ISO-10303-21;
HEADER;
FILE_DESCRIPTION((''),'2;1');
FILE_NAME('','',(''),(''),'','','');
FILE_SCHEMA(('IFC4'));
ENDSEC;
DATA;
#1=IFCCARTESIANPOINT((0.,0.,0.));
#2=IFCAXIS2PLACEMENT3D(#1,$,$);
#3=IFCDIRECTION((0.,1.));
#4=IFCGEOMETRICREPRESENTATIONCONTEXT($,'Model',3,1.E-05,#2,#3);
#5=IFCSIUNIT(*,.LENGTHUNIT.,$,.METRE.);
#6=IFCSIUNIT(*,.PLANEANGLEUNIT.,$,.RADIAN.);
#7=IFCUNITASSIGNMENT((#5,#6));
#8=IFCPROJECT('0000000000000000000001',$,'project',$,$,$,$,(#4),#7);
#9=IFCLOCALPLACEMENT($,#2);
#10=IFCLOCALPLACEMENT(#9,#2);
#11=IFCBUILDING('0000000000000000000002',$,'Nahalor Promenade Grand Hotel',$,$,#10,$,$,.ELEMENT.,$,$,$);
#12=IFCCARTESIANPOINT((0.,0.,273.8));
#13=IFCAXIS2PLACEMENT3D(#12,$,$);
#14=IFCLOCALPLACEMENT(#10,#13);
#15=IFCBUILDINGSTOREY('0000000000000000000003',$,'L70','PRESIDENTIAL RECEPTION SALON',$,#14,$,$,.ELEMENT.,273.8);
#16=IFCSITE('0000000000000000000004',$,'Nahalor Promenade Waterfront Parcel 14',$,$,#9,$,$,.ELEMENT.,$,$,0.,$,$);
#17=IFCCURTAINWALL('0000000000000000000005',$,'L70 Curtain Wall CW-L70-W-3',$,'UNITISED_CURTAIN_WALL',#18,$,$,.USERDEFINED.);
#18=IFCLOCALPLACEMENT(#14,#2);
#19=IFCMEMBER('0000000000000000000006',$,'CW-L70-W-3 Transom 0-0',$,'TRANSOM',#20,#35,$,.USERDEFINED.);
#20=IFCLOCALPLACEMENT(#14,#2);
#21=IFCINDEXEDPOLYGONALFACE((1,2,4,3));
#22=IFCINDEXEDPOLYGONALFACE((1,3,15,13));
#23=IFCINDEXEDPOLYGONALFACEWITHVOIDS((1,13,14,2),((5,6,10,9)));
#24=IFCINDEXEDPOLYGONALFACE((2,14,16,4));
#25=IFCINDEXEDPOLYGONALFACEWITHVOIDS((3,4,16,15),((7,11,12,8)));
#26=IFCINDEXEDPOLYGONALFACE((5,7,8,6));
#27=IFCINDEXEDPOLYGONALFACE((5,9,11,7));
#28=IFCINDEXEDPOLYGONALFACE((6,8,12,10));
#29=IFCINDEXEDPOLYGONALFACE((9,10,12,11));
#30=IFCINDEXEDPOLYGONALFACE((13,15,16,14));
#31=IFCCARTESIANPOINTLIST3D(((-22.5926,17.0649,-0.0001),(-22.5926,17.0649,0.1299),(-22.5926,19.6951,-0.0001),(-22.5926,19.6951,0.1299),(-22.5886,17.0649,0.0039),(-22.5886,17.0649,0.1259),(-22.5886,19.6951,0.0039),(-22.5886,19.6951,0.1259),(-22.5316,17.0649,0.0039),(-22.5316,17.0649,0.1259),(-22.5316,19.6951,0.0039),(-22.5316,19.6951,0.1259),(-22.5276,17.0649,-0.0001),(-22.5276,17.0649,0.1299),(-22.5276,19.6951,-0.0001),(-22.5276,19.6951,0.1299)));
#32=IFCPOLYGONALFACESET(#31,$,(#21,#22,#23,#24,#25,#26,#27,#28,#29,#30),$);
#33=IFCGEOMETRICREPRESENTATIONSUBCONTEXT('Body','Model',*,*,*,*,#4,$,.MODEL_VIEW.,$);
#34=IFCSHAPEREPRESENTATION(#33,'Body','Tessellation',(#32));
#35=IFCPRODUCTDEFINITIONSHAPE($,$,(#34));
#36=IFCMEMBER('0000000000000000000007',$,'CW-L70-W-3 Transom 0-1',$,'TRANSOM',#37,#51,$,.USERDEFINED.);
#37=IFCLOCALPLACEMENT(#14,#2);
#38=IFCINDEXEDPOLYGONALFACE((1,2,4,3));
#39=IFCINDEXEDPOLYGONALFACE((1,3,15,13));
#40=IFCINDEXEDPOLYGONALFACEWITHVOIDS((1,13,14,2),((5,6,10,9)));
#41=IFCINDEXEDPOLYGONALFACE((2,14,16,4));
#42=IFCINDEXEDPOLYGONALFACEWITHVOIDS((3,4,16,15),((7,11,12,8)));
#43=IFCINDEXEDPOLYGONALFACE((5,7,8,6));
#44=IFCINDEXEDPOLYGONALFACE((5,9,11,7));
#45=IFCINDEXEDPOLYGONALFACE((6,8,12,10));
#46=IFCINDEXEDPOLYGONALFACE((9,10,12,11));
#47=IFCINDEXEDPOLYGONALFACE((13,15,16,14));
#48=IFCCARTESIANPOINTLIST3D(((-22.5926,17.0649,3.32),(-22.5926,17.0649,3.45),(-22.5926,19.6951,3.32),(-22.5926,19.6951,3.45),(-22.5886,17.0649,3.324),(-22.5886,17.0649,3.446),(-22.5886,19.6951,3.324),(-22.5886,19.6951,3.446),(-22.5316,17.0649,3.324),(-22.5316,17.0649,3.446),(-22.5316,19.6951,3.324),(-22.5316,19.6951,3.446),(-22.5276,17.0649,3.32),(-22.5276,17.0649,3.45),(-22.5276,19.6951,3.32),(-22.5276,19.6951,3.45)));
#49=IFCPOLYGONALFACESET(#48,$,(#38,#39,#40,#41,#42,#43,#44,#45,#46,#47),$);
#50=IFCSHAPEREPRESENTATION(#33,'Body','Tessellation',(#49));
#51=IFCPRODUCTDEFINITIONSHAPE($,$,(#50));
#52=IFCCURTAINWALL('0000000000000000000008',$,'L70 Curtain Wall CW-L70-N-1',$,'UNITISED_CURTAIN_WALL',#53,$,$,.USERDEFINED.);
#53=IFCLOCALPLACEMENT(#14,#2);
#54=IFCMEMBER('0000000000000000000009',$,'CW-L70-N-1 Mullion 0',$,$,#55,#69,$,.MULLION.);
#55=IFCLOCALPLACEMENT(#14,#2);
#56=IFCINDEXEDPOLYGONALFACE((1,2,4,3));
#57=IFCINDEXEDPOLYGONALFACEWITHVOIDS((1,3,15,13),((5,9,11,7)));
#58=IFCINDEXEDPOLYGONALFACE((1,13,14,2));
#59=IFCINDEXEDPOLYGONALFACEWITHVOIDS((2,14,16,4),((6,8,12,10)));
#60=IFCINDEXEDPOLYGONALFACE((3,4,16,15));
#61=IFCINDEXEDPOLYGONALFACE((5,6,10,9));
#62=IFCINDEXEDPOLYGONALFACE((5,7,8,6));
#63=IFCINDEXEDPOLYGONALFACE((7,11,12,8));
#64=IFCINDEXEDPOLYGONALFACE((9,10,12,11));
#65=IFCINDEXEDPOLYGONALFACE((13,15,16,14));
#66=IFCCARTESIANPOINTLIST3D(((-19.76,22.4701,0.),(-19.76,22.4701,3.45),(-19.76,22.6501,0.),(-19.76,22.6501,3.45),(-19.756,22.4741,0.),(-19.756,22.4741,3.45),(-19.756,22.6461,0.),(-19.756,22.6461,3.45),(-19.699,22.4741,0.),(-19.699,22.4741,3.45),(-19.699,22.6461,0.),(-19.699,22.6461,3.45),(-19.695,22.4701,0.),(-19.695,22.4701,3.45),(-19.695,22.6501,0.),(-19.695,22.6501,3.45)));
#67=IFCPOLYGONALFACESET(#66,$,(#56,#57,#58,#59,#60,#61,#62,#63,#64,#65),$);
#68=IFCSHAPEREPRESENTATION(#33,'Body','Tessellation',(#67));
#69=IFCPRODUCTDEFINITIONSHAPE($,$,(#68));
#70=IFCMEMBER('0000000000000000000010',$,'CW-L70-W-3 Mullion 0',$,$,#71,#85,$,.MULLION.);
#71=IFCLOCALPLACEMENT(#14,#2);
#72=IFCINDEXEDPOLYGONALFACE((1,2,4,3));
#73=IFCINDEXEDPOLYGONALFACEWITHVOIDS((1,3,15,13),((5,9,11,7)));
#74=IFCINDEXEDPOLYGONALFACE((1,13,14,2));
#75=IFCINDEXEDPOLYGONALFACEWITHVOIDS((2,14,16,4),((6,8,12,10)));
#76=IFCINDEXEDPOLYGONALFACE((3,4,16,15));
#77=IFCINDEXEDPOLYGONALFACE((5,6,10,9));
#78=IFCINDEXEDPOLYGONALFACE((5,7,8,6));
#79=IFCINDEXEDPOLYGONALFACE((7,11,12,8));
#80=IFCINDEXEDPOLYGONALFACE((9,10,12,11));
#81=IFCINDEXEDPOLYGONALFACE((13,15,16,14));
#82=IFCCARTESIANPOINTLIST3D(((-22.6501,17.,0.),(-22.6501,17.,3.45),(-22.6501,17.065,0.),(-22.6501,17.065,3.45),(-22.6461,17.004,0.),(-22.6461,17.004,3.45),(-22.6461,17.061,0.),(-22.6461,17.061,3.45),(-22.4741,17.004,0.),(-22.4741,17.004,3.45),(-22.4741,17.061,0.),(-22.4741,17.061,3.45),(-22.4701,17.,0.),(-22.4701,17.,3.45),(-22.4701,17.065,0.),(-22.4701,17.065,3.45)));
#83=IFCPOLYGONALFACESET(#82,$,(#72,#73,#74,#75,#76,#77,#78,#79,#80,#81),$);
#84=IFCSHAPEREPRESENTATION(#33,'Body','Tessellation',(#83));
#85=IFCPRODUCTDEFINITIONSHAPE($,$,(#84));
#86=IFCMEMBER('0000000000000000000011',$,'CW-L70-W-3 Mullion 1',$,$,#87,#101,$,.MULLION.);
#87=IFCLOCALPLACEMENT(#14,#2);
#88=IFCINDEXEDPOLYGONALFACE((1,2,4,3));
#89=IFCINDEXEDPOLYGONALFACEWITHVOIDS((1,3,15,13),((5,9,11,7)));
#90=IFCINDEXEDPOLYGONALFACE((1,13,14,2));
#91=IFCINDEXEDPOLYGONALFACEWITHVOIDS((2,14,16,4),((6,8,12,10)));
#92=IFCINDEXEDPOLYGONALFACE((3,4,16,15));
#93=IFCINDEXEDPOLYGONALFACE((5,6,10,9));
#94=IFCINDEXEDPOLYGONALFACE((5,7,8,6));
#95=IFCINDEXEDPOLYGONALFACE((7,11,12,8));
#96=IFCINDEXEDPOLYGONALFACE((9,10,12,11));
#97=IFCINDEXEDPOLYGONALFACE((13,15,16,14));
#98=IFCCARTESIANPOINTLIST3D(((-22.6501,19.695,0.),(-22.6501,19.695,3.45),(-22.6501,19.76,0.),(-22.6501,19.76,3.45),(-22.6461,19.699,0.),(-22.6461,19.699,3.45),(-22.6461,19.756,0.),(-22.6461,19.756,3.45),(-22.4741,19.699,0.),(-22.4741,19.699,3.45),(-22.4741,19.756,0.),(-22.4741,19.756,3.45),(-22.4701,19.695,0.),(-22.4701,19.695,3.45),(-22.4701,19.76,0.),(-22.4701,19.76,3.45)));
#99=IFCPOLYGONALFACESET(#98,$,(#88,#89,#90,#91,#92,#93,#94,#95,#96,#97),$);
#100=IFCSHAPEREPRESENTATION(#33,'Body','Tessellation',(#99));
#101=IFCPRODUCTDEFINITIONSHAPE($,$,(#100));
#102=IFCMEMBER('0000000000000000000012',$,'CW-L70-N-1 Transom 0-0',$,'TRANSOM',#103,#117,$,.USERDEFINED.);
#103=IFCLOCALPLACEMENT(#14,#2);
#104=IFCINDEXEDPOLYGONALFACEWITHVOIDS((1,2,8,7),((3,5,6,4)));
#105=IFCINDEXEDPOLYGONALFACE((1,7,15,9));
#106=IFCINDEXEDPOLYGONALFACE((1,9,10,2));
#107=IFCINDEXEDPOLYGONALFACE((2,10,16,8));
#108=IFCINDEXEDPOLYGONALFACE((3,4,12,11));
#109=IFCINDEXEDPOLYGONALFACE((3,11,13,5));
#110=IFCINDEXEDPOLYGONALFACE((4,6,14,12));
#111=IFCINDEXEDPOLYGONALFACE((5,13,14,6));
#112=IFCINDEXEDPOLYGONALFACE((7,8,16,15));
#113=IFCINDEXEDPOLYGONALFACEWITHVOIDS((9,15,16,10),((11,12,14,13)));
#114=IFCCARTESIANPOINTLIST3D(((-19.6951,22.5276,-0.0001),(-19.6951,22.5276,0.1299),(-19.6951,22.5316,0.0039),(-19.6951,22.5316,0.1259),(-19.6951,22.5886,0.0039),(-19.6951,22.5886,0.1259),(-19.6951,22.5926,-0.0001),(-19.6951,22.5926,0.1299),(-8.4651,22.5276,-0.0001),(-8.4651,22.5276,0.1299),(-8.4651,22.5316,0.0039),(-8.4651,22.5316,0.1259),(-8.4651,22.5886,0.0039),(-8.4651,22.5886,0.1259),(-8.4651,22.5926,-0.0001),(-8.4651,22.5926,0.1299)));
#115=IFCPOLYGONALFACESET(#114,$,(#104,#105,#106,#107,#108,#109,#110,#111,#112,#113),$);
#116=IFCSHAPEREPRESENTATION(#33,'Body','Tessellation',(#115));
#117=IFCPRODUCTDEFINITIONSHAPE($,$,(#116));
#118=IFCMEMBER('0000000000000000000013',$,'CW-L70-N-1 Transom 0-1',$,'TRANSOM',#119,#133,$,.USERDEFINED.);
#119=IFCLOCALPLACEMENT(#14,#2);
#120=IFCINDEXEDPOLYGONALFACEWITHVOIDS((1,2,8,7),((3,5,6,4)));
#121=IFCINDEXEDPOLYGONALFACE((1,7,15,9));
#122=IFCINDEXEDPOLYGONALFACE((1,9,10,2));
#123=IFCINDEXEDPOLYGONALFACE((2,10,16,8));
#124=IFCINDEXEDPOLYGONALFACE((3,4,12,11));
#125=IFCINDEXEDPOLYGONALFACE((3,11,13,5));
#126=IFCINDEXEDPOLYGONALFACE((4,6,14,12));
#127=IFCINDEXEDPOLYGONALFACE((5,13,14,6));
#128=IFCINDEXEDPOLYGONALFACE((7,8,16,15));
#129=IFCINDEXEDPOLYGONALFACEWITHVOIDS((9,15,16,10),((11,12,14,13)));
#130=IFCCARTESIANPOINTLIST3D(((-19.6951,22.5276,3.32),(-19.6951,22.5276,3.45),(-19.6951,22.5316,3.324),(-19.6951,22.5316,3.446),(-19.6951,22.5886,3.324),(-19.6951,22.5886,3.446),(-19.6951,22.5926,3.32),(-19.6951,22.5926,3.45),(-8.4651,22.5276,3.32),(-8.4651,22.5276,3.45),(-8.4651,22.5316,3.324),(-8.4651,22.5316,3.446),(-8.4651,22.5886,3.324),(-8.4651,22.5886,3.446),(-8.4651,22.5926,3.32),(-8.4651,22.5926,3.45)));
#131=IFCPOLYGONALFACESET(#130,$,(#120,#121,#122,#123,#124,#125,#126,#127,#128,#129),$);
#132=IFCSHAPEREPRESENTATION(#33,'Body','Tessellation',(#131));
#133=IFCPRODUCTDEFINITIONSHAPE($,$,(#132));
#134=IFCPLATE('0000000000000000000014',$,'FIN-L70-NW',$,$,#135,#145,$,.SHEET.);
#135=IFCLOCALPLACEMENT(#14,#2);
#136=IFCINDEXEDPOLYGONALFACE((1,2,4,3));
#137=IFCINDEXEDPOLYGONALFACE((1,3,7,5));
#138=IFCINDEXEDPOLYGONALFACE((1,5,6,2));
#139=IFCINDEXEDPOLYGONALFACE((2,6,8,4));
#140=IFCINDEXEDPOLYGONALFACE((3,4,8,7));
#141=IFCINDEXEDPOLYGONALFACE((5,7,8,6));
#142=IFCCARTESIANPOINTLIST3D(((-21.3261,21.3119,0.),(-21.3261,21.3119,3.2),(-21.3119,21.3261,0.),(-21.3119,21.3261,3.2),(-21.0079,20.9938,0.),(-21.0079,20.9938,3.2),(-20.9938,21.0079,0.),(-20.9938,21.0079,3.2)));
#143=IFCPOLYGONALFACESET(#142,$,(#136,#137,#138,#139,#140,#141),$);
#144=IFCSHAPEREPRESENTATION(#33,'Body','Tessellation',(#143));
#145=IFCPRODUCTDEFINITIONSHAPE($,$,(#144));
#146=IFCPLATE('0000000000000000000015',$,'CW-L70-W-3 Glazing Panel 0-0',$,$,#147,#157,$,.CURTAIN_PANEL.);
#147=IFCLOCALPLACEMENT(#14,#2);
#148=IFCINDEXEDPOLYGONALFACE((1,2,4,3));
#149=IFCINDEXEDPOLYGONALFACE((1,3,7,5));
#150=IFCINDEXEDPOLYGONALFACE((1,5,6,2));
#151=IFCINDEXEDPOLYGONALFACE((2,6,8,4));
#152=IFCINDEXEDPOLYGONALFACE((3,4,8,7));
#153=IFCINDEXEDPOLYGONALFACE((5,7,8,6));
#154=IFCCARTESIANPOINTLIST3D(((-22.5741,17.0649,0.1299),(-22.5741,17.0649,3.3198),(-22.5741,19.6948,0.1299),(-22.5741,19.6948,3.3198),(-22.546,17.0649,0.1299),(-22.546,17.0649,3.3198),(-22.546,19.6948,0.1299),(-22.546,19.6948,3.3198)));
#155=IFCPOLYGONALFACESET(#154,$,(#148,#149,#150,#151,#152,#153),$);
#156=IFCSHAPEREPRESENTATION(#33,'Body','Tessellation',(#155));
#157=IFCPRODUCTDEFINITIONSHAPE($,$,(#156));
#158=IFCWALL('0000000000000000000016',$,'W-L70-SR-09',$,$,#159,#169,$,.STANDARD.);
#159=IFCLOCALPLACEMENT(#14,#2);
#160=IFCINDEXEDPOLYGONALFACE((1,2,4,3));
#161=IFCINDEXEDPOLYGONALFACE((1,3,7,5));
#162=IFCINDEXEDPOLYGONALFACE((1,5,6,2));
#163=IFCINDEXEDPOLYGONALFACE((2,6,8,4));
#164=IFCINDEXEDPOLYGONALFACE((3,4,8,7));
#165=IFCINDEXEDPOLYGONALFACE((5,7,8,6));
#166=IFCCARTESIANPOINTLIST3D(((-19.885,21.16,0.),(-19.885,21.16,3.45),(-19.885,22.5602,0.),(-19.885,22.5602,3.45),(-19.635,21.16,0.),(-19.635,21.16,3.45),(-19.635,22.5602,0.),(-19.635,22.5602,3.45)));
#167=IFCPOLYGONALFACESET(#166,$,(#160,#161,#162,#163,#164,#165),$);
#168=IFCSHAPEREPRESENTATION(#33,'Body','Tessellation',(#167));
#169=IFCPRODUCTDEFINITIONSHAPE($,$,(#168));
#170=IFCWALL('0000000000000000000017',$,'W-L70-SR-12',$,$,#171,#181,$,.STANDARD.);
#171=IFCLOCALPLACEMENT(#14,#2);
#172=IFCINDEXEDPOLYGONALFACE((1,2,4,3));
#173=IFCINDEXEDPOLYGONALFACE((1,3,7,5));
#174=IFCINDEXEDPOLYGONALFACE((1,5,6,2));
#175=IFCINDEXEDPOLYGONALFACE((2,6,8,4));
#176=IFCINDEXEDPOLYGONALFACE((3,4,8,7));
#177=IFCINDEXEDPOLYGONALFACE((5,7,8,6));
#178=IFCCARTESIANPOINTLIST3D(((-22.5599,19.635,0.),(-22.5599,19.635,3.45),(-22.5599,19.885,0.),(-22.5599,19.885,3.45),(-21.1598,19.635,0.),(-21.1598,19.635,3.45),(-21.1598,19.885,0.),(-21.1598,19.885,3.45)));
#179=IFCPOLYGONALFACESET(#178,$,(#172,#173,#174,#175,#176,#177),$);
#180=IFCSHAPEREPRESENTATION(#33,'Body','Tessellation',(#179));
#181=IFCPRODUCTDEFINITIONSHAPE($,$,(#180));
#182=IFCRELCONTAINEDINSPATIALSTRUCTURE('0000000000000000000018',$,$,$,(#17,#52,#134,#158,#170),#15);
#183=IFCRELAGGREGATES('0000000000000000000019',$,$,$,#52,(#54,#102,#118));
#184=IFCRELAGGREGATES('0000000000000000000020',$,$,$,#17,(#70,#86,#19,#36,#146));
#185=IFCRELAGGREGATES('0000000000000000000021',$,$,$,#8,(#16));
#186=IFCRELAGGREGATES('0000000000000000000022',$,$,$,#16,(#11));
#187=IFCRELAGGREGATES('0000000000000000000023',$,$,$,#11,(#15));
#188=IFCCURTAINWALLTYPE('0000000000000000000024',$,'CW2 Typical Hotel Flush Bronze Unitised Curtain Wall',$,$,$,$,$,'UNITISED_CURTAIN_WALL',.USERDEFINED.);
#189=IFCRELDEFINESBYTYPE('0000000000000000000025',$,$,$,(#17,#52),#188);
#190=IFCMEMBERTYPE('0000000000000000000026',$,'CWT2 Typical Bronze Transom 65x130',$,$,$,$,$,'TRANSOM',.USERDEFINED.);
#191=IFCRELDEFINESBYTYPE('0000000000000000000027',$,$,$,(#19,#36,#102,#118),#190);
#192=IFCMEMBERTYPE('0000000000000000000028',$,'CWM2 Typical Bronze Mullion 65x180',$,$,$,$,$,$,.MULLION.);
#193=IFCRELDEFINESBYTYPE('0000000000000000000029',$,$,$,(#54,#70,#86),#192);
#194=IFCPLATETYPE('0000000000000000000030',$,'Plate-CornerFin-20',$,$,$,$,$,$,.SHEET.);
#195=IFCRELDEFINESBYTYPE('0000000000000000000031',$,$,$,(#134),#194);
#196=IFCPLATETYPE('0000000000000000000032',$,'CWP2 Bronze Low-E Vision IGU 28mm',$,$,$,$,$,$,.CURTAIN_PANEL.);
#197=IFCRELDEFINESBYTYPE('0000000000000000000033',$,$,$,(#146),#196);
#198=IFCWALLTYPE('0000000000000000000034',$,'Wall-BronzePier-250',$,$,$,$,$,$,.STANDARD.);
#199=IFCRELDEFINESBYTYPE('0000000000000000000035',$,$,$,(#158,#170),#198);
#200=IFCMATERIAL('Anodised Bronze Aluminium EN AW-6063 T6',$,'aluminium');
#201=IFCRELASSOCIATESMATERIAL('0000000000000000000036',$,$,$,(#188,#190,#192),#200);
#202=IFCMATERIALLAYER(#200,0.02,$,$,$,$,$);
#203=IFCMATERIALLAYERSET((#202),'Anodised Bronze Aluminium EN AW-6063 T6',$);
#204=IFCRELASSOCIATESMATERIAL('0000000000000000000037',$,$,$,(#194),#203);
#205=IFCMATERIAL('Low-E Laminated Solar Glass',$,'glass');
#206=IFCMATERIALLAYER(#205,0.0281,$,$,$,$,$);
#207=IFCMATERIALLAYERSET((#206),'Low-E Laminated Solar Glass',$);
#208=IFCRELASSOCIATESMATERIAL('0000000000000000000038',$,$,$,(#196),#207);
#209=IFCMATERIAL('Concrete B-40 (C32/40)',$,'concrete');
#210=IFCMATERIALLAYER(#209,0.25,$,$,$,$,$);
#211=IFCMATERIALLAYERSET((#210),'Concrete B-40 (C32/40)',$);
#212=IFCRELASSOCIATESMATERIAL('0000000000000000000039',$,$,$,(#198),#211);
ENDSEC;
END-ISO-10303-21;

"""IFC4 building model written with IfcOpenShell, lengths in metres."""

from ifc_helpers import new_model, si_unit, direction, frame, frame_2d, origin, origin_2d, place, context, subcontext, project, spatial, rectangle, hollow_rectangle, extrude, source, transform, mapped, material, layer, layer_set, material_profile, profile_set, type_object, element, aggregate, save


model = new_model("IFC4")

# Units and contexts
model_context = context("Model", 3, precision=1e-05, world=origin(), true_north=direction((0.0, 1.0)))
body_context = subcontext(model_context, "Body", "Model", "MODEL_VIEW")
ifc_project = project(units=[si_unit("LENGTHUNIT", "METRE"), si_unit("PLANEANGLEUNIT", "RADIAN")], contexts=[model_context])

# Site, building, storey
site_placement = place(None, origin())
site = spatial("IfcSite", under=ifc_project, at=site_placement, Name="Nahalor Promenade Waterfront Parcel 14", CompositionType="ELEMENT", RefElevation=0.0)
building_placement = place(site_placement, origin())
building = spatial("IfcBuilding", under=site, at=building_placement, Name="Nahalor Promenade Grand Hotel", CompositionType="ELEMENT")
storey_placement = place(building_placement, frame((0.0, 0.0, 273.8)))
storey = spatial("IfcBuildingStorey", under=building, at=storey_placement, Name="L70", Description="PRESIDENTIAL RECEPTION SALON", CompositionType="ELEMENT", Elevation=273.8)

# Curtain wall, members
ifc_material_1 = material(Name="Anodised Bronze Aluminium EN AW-6063 T6", Category="aluminium")
curtain_wall_type = type_object("IfcCurtainWallType", Name="CW2 Typical Hotel Flush Bronze Unitised Curtain Wall", ElementType="UNITISED_CURTAIN_WALL", PredefinedType="USERDEFINED", material=ifc_material_1)
curtain_wall_1_placement = place(storey_placement, origin())
curtain_wall_1 = element("IfcCurtainWall", 1, at=curtain_wall_1_placement, inside=storey, type_object=curtain_wall_type, Name="L70 Curtain Wall CW-L70-W-3", ObjectType="UNITISED_CURTAIN_WALL", PredefinedType="USERDEFINED")
ifc_material_profile_1 = material_profile(ifc_material_1, hollow_rectangle(XDim=0.065, YDim=0.13, WallThickness=0.004, at=origin_2d()), Name="CWT 65x130x4")
ifc_profile_set_1 = profile_set([ifc_material_profile_1], Name="Anodised Bronze Aluminium EN AW-6063 T6")
member_type_1 = type_object("IfcMemberType", Name="CWT2 Typical Bronze Transom 65x130", ElementType="TRANSOM", PredefinedType="USERDEFINED", material=ifc_profile_set_1)
shared_shape_1 = source(origin(), body_context, "Body", "SweptSolid", [
    extrude(hollow_rectangle(XDim=0.065, YDim=0.13, WallThickness=0.004, at=origin_2d()), origin(), (0.0, 0.0, 1.0), 2.6301),
])
member_1_placement = place(storey_placement, frame((-22.5601, 17.0649, 0.0649), z_axis=(0.0, 1.0, 0.0), x_axis=(-1.0, 0.0, 0.0)))
member_1 = element("IfcMember", 2, at=member_1_placement, type_object=member_type_1, Name="CW-L70-W-3 Transom 0-0", ObjectType="TRANSOM", PredefinedType="USERDEFINED", context=body_context, shape_type="MappedRepresentation", body=[
    mapped(shared_shape_1, transform((0.0, 0.0, 0.0), scale=1.0)),
])
member_2_placement = place(storey_placement, frame((-22.5601, 17.0649, 3.385), z_axis=(0.0, 1.0, 0.0), x_axis=(-1.0, 0.0, 0.0)))
member_2 = element("IfcMember", 3, at=member_2_placement, type_object=member_type_1, Name="CW-L70-W-3 Transom 0-1", ObjectType="TRANSOM", PredefinedType="USERDEFINED", context=body_context, shape_type="MappedRepresentation", body=[
    mapped(shared_shape_1, transform((0.0, 0.0, 0.0), scale=1.0)),
])

# Curtain wall, member
curtain_wall_2_placement = place(storey_placement, origin())
curtain_wall_2 = element("IfcCurtainWall", 4, at=curtain_wall_2_placement, inside=storey, type_object=curtain_wall_type, Name="L70 Curtain Wall CW-L70-N-1", ObjectType="UNITISED_CURTAIN_WALL", PredefinedType="USERDEFINED")
ifc_material_profile_2 = material_profile(ifc_material_1, hollow_rectangle(XDim=0.065, YDim=0.18, WallThickness=0.004, at=origin_2d()), Name="CWM 65x180x4")
ifc_profile_set_2 = profile_set([ifc_material_profile_2], Name="Anodised Bronze Aluminium EN AW-6063 T6")
member_type_2 = type_object("IfcMemberType", Name="CWM2 Typical Bronze Mullion 65x180", PredefinedType="MULLION", material=ifc_profile_set_2)
shared_shape_2 = source(origin(), body_context, "Body", "SweptSolid", [
    extrude(hollow_rectangle(XDim=0.065, YDim=0.18, WallThickness=0.004, at=origin_2d()), origin(), (0.0, 0.0, 1.0), 3.45),
])
member_3_placement = place(storey_placement, frame((-19.7275, 22.5601, 0.0), z_axis=(0.0, 0.0, 1.0), x_axis=(1.0, 0.0, 0.0)))
member_3 = element("IfcMember", 5, at=member_3_placement, type_object=member_type_2, Name="CW-L70-N-1 Mullion 0", PredefinedType="MULLION", context=body_context, shape_type="MappedRepresentation", body=[
    mapped(shared_shape_2, transform((0.0, 0.0, 0.0), scale=1.0)),
])

# Members
member_4_placement = place(storey_placement, frame((-22.5601, 17.0325, 0.0), z_axis=(0.0, 0.0, 1.0), x_axis=(0.0, 1.0, 0.0)))
member_4 = element("IfcMember", 6, at=member_4_placement, type_object=member_type_2, Name="CW-L70-W-3 Mullion 0", PredefinedType="MULLION", context=body_context, shape_type="MappedRepresentation", body=[
    mapped(shared_shape_2, transform((0.0, 0.0, 0.0), scale=1.0)),
])
member_5_placement = place(storey_placement, frame((-22.5601, 19.7275, 0.0), z_axis=(0.0, 0.0, 1.0), x_axis=(0.0, 1.0, 0.0)))
member_5 = element("IfcMember", 7, at=member_5_placement, type_object=member_type_2, Name="CW-L70-W-3 Mullion 1", PredefinedType="MULLION", context=body_context, shape_type="MappedRepresentation", body=[
    mapped(shared_shape_2, transform((0.0, 0.0, 0.0), scale=1.0)),
])
shared_shape_3 = source(origin(), body_context, "Body", "SweptSolid", [
    extrude(hollow_rectangle(XDim=0.065, YDim=0.13, WallThickness=0.004, at=origin_2d()), origin(), (0.0, 0.0, 1.0), 11.23),
])
member_6_placement = place(storey_placement, frame((-19.6951, 22.5601, 0.0649), z_axis=(1.0, 0.0, 0.0), x_axis=(0.0, 1.0, 0.0)))
member_6 = element("IfcMember", 8, at=member_6_placement, type_object=member_type_1, Name="CW-L70-N-1 Transom 0-0", ObjectType="TRANSOM", PredefinedType="USERDEFINED", context=body_context, shape_type="MappedRepresentation", body=[
    mapped(shared_shape_3, transform((0.0, 0.0, 0.0), scale=1.0)),
])
member_7_placement = place(storey_placement, frame((-19.6951, 22.5601, 3.385), z_axis=(1.0, 0.0, 0.0), x_axis=(0.0, 1.0, 0.0)))
member_7 = element("IfcMember", 9, at=member_7_placement, type_object=member_type_1, Name="CW-L70-N-1 Transom 0-1", ObjectType="TRANSOM", PredefinedType="USERDEFINED", context=body_context, shape_type="MappedRepresentation", body=[
    mapped(shared_shape_3, transform((0.0, 0.0, 0.0), scale=1.0)),
])
aggregate(curtain_wall_2, [member_3, member_6, member_7])

# Plates
ifc_layer_1 = layer(ifc_material_1, 0.02)
ifc_layer_set_1 = layer_set([ifc_layer_1], Name="Anodised Bronze Aluminium EN AW-6063 T6")
plate_type_1 = type_object("IfcPlateType", Name="Plate-CornerFin-20", PredefinedType="SHEET", material=ifc_layer_set_1)
shared_shape_4 = source(origin(), body_context, "Body", "SweptSolid", [
    extrude(rectangle(XDim=0.45, YDim=0.02, at=origin_2d()), origin(), (0.0, 0.0, 1.0), 3.2),
])
plate_1_placement = place(storey_placement, frame((-21.1599, 21.1599, 0.0), z_axis=(0.0, 0.0, 1.0), x_axis=(-0.707107, 0.707107, 0.0)))
element("IfcPlate", 10, at=plate_1_placement, inside=storey, type_object=plate_type_1, Name="FIN-L70-NW", PredefinedType="SHEET", context=body_context, shape_type="MappedRepresentation", body=[
    mapped(shared_shape_4, transform((0.0, 0.0, 0.0), scale=1.0)),
])
ifc_material_2 = material(Name="Low-E Laminated Solar Glass", Category="glass")
ifc_layer_2 = layer(ifc_material_2, 0.0281)
ifc_layer_set_2 = layer_set([ifc_layer_2], Name="Low-E Laminated Solar Glass")
plate_type_2 = type_object("IfcPlateType", Name="CWP2 Bronze Low-E Vision IGU 28mm", PredefinedType="CURTAIN_PANEL", material=ifc_layer_set_2)
shared_shape_5 = source(origin(), body_context, "Body", "SweptSolid", [
    extrude(rectangle(XDim=2.6299, YDim=0.0281, at=origin_2d()), origin(), (0.0, 0.0, 1.0), 3.1899),
])
plate_2_placement = place(storey_placement, frame((-22.5601, 18.3799, 0.1299), z_axis=(0.0, 0.0, 1.0), x_axis=(0.0, 1.0, 0.0)))
plate_2 = element("IfcPlate", 11, at=plate_2_placement, type_object=plate_type_2, Name="CW-L70-W-3 Glazing Panel 0-0", PredefinedType="CURTAIN_PANEL", context=body_context, shape_type="MappedRepresentation", body=[
    mapped(shared_shape_5, transform((0.0, 0.0, 0.0), scale=1.0)),
])
aggregate(curtain_wall_1, [member_4, member_5, member_1, member_2, plate_2])

# Walls
ifc_material_3 = material(Name="Concrete B-40 (C32/40)", Category="concrete")
ifc_layer_3 = layer(ifc_material_3, 0.25)
ifc_layer_set_3 = layer_set([ifc_layer_3], Name="Concrete B-40 (C32/40)")
wall_type_1 = type_object("IfcWallType", Name="Wall-BronzePier-250", PredefinedType="STANDARD", material=ifc_layer_set_3)
shared_shape_6 = source(origin(), body_context, "Body", "SweptSolid", [
    extrude(rectangle(XDim=1.4001, YDim=0.25, at=frame_2d((0.7002, 0.0))), origin(), (0.0, 0.0, 1.0), 3.45),
])
for number, where, z_axis, x_axis, name in (
    (12, (-19.76, 21.1599, 0.0), (0.0, 0.0, 1.0), (0.0, 1.0, 0.0), "W-L70-SR-09"),
    (13, (-22.5601, 19.76, 0.0), (0.0, 0.0, 1.0), (1.0, 0.0, 0.0), "W-L70-SR-12"),
):
    element("IfcWall", number, at=place(storey_placement, frame(where, z_axis=z_axis, x_axis=x_axis)), inside=storey, type_object=wall_type_1, Name=name, PredefinedType="STANDARD", context=body_context, shape_type="MappedRepresentation", body=[
        mapped(shared_shape_6, transform((0.0, 0.0, 0.0), scale=1.0)),
    ])

save(model, "model.ifc")
